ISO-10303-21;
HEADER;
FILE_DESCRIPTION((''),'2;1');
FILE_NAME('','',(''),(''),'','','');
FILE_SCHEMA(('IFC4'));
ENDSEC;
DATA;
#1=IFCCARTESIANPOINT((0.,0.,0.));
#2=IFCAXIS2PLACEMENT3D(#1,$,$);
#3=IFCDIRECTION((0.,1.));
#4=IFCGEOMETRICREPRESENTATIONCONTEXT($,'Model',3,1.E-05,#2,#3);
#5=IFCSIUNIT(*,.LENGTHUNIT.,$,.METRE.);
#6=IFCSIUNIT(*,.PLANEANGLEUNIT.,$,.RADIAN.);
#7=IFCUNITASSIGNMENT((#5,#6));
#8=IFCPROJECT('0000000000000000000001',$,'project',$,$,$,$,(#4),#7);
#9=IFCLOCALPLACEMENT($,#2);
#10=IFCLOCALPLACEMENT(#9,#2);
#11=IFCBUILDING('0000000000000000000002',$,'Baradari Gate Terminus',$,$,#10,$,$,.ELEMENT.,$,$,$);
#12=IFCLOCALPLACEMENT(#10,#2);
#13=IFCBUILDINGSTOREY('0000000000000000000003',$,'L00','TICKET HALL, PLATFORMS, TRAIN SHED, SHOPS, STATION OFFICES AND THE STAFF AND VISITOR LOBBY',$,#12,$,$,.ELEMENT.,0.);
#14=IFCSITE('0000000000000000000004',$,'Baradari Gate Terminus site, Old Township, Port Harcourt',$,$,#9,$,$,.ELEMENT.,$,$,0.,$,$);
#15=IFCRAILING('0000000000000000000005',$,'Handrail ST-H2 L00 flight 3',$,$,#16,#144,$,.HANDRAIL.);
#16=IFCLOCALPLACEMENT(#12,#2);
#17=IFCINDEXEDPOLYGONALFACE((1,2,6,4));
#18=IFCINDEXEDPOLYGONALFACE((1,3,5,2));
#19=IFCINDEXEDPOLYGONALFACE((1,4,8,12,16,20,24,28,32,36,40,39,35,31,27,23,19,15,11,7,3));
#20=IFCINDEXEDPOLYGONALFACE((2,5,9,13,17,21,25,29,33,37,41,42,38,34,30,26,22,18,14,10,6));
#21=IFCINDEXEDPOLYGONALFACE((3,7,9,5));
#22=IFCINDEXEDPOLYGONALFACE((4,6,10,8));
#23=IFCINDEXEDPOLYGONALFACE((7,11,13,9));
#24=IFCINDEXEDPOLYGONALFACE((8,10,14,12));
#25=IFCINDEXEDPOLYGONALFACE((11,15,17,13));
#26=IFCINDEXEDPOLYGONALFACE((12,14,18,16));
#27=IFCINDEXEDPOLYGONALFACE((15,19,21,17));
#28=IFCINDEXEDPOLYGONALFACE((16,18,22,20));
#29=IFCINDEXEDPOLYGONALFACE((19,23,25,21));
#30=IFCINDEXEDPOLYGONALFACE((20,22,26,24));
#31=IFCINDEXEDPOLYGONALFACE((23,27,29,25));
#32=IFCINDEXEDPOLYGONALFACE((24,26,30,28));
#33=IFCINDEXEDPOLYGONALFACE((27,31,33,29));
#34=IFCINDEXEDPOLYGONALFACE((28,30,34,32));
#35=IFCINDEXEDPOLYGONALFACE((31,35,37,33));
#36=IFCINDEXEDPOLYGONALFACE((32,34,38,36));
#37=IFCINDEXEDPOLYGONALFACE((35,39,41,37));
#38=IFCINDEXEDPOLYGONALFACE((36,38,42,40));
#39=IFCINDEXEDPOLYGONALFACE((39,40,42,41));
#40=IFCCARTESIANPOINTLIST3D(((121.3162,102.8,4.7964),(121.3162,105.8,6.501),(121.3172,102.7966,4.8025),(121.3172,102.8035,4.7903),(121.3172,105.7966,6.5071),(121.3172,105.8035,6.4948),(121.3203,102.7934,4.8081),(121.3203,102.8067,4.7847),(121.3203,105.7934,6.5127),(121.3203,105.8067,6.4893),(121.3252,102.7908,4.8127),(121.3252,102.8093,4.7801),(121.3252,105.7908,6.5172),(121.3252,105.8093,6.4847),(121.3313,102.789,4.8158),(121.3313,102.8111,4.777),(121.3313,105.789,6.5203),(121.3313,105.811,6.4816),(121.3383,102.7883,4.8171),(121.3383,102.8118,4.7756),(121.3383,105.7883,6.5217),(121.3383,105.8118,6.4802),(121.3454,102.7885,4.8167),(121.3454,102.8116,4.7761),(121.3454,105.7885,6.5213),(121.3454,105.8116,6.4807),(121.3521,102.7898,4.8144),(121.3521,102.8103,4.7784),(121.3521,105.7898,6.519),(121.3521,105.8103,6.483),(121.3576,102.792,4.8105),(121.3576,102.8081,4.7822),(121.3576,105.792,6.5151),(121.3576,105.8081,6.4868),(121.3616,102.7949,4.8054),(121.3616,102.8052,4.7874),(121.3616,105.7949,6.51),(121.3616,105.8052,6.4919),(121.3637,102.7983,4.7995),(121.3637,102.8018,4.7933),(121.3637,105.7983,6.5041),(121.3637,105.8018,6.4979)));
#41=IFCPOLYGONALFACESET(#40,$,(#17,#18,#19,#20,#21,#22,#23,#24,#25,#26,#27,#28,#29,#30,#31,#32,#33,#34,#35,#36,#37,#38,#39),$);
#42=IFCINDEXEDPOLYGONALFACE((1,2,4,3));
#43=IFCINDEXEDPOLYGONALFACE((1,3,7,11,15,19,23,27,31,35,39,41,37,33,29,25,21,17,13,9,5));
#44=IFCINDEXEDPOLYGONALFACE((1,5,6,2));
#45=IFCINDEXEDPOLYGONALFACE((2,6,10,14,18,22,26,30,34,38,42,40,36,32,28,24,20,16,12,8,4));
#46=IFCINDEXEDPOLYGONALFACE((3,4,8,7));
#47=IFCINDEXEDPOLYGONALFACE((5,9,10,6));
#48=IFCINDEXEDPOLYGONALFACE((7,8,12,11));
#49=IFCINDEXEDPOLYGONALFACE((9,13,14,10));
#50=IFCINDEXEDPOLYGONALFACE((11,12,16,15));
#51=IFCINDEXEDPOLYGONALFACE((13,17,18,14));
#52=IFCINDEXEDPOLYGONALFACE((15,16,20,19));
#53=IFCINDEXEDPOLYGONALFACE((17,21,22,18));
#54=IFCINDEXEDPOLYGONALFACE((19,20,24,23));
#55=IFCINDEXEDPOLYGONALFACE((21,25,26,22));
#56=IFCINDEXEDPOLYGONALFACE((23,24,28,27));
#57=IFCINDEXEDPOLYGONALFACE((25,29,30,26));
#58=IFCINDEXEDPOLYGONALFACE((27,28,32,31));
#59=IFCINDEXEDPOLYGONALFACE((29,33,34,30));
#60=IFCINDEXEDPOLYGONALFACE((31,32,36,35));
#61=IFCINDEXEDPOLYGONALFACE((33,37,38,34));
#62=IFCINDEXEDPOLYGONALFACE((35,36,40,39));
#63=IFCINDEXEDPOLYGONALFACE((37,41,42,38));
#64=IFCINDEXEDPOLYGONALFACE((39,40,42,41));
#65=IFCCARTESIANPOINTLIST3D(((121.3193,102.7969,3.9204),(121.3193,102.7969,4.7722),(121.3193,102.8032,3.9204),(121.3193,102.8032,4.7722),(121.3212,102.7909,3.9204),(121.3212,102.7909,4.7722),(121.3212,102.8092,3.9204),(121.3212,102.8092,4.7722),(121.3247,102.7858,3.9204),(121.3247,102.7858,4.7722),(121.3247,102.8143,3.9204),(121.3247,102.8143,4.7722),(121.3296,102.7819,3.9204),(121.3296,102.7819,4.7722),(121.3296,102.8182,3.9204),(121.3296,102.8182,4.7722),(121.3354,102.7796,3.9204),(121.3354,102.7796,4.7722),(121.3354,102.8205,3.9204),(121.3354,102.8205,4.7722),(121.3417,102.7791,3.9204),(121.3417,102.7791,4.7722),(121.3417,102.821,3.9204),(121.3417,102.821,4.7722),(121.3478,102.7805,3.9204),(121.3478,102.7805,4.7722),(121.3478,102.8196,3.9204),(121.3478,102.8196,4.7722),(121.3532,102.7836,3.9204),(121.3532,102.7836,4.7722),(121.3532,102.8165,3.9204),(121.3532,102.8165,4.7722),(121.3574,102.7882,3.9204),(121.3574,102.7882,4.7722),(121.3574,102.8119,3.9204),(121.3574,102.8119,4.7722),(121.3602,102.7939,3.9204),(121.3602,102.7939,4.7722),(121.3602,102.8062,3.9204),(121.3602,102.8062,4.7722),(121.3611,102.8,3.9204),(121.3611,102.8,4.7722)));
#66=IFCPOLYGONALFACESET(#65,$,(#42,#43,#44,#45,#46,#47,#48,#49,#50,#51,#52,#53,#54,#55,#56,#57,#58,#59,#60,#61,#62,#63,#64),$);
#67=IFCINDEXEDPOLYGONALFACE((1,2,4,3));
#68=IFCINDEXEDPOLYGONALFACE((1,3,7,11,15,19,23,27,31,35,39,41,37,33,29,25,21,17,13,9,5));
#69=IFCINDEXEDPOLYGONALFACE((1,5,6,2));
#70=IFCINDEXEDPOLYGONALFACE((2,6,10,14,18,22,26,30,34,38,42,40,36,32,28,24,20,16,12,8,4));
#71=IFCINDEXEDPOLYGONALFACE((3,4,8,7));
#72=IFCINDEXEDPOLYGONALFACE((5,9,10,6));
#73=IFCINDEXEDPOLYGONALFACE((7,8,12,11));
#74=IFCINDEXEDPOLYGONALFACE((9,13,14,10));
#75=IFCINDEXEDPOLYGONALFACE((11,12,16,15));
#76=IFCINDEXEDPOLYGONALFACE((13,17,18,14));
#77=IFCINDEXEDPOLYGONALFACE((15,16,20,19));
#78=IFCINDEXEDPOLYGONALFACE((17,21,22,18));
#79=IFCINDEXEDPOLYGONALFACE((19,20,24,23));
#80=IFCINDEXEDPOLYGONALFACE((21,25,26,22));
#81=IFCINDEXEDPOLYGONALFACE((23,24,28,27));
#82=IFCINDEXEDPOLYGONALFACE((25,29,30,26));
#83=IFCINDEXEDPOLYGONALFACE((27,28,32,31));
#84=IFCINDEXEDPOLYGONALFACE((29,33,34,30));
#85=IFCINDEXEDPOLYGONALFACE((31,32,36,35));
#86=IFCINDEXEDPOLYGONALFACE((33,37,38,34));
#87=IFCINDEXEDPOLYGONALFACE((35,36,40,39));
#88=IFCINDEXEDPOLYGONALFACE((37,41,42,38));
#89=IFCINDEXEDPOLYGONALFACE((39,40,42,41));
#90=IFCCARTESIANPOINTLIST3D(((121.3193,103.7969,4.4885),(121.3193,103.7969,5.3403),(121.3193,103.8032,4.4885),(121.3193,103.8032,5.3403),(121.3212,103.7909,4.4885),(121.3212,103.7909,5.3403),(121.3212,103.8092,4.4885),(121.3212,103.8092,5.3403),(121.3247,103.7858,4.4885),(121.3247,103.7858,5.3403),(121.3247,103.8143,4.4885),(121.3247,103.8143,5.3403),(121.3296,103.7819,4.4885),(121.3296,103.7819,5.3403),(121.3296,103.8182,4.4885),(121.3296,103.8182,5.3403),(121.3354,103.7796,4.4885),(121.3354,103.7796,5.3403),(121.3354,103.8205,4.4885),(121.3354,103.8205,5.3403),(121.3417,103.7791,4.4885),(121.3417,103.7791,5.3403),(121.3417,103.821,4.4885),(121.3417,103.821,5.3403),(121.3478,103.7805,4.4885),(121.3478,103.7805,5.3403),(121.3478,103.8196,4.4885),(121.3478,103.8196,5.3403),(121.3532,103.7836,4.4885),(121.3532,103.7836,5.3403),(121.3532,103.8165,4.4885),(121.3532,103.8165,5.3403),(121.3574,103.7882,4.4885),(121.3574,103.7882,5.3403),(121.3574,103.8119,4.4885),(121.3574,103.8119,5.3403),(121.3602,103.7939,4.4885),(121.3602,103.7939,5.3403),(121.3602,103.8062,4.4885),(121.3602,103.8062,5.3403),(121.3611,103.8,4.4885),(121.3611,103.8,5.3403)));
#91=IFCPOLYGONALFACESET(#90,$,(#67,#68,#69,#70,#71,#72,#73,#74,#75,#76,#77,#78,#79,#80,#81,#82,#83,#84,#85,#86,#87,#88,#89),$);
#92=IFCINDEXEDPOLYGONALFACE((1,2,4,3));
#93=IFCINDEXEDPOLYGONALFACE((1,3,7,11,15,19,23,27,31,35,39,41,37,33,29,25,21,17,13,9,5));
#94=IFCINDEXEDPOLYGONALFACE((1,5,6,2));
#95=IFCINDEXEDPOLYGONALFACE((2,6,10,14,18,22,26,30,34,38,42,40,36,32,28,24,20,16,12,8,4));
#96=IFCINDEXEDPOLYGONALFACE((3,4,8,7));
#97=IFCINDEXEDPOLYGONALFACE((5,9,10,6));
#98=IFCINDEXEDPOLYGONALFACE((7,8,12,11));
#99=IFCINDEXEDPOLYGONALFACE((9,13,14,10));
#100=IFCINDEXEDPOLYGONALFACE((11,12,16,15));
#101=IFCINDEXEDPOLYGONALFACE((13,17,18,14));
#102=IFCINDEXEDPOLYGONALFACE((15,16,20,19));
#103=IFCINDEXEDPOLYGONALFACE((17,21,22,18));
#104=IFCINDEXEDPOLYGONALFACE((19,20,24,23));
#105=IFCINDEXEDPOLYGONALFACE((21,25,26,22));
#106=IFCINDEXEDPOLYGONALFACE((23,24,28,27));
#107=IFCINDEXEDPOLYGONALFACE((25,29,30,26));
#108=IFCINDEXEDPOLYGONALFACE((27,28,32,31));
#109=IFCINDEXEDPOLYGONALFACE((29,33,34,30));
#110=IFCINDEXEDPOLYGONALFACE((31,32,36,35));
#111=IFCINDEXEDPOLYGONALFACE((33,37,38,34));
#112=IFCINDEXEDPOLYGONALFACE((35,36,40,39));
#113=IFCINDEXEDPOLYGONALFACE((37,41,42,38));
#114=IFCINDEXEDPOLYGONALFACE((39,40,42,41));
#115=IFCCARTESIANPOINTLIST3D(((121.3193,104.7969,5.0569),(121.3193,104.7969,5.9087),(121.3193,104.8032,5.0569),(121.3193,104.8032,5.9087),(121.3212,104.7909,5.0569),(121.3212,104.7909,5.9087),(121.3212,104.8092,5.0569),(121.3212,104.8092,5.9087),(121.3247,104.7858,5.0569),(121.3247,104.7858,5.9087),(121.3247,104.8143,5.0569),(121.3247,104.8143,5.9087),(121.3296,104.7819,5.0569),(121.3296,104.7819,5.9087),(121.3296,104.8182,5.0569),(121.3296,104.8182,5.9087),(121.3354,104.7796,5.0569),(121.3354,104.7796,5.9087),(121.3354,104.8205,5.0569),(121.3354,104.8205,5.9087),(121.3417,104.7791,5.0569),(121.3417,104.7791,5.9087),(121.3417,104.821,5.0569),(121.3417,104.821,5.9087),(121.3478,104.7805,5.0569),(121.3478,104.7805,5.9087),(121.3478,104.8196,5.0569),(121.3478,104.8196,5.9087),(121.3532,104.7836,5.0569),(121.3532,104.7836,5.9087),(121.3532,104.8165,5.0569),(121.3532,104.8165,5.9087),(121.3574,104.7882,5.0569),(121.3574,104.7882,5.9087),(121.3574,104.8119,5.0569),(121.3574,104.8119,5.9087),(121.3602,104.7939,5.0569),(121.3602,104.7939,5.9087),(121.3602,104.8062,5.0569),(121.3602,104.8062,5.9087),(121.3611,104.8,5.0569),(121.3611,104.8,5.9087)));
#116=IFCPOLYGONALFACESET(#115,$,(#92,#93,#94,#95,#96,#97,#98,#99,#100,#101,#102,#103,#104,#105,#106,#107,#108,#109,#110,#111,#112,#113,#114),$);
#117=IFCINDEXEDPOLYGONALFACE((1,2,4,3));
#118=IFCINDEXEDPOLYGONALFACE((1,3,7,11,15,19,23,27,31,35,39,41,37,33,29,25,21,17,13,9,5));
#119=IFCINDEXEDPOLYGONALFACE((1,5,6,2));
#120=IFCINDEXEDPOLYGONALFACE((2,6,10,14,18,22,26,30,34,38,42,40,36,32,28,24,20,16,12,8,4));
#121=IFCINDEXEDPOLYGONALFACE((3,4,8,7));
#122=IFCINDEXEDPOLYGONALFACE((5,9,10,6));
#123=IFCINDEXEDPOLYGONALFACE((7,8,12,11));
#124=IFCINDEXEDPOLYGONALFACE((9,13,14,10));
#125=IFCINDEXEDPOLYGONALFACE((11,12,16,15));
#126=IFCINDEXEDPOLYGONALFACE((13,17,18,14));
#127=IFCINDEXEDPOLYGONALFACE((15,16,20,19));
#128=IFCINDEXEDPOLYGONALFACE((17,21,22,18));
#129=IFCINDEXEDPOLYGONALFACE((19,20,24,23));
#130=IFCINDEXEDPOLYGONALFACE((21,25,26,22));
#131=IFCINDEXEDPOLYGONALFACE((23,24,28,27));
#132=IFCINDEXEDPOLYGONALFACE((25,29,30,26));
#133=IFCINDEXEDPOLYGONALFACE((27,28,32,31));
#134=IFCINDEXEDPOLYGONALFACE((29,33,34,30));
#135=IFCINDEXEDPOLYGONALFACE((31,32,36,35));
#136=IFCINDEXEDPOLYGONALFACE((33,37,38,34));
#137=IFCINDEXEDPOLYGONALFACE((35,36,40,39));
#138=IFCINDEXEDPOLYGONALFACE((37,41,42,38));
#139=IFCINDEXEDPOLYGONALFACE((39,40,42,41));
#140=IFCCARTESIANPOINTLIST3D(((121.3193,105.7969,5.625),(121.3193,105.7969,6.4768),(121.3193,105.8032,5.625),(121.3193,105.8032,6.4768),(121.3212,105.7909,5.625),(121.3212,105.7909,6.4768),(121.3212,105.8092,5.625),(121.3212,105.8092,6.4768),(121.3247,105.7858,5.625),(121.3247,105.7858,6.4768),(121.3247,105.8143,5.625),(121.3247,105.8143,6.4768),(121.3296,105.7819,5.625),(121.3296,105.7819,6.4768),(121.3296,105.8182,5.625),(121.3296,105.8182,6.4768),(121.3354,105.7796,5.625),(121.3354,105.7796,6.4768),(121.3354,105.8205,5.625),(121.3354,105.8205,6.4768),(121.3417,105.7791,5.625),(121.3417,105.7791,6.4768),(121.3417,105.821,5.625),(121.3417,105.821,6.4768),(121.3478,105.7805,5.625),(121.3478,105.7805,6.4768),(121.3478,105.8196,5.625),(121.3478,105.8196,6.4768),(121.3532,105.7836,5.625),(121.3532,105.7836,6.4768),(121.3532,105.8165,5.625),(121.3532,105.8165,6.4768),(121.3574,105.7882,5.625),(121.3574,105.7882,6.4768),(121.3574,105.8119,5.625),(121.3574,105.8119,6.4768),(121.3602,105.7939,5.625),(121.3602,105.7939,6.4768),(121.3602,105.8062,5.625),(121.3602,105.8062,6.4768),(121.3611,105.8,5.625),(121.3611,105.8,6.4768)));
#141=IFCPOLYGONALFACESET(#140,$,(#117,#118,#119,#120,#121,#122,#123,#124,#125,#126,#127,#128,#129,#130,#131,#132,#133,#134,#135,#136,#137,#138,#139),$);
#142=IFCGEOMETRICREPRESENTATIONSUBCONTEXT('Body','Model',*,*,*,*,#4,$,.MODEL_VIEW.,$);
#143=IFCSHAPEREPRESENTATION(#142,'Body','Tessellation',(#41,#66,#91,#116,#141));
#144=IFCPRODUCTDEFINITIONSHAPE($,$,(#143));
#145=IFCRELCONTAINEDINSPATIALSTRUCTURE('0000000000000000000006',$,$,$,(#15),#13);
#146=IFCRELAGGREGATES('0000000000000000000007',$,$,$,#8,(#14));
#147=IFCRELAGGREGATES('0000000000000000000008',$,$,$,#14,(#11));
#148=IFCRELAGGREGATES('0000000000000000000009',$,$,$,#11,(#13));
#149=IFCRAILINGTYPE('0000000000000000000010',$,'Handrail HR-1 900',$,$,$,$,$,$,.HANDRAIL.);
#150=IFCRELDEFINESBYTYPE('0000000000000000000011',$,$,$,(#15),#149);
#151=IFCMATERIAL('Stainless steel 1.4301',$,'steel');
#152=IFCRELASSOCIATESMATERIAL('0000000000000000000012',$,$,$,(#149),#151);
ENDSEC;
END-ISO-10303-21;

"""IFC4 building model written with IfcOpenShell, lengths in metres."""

from ifc_helpers import new_model, si_unit, direction, frame, origin, origin_2d, place, context, subcontext, project, spatial, circle, extrude, material, type_object, element, save


model = new_model("IFC4")

# Units and contexts
model_context = context("Model", 3, precision=1e-05, world=origin(), true_north=direction((0.0, 1.0)))
body_context = subcontext(model_context, "Body", "Model", "MODEL_VIEW")
ifc_project = project(units=[si_unit("LENGTHUNIT", "METRE"), si_unit("PLANEANGLEUNIT", "RADIAN")], contexts=[model_context])

# Site, building, storey
site_placement = place(None, origin())
site = spatial("IfcSite", under=ifc_project, at=site_placement, Name="Baradari Gate Terminus site, Old Township, Port Harcourt", CompositionType="ELEMENT", RefElevation=0.0)
building_placement = place(site_placement, origin())
building = spatial("IfcBuilding", under=site, at=building_placement, Name="Baradari Gate Terminus", CompositionType="ELEMENT")
storey_placement = place(building_placement, origin())
storey = spatial("IfcBuildingStorey", under=building, at=storey_placement, Name="L00", Description="TICKET HALL, PLATFORMS, TRAIN SHED, SHOPS, STATION OFFICES AND THE STAFF AND VISITOR LOBBY", CompositionType="ELEMENT", Elevation=0.0)

# Railing
ifc_material_1 = material(Name="Stainless steel 1.4301", Category="steel")
railing_type_1 = type_object("IfcRailingType", Name="Handrail HR-1 900", PredefinedType="HANDRAIL", material=ifc_material_1)
for number, where, name in (
    (1, (121.3401, 102.8, 3.9204), "Handrail ST-H2 L00 flight 3"),
):
    element("IfcRailing", number, at=place(storey_placement, frame(where)), inside=storey, type_object=railing_type_1, Name=name, PredefinedType="HANDRAIL", context=body_context, shape_type="SweptSolid", body=[
        extrude(circle(Radius=0.0239, at=origin_2d()), frame((0.0, 0.0, 0.876), z_axis=(0.0, 0.869451, 0.494019), x_axis=(-1.0, 0.0, 0.0)), (0.0, 0.0, 1.0), 3.4504),
        extrude(circle(Radius=0.021, at=origin_2d()), origin(), (0.0, 0.0, 1.0), 0.8518),
        extrude(circle(Radius=0.021, at=origin_2d()), frame((0.0, 1.0, 0.5681)), (0.0, 0.0, 1.0), 0.8518),
        extrude(circle(Radius=0.021, at=origin_2d()), frame((0.0, 2.0, 1.1365)), (0.0, 0.0, 1.0), 0.8518),
        extrude(circle(Radius=0.021, at=origin_2d()), frame((0.0, 3.0, 1.7046)), (0.0, 0.0, 1.0), 0.8518),
    ])

save(model, "model.ifc")
